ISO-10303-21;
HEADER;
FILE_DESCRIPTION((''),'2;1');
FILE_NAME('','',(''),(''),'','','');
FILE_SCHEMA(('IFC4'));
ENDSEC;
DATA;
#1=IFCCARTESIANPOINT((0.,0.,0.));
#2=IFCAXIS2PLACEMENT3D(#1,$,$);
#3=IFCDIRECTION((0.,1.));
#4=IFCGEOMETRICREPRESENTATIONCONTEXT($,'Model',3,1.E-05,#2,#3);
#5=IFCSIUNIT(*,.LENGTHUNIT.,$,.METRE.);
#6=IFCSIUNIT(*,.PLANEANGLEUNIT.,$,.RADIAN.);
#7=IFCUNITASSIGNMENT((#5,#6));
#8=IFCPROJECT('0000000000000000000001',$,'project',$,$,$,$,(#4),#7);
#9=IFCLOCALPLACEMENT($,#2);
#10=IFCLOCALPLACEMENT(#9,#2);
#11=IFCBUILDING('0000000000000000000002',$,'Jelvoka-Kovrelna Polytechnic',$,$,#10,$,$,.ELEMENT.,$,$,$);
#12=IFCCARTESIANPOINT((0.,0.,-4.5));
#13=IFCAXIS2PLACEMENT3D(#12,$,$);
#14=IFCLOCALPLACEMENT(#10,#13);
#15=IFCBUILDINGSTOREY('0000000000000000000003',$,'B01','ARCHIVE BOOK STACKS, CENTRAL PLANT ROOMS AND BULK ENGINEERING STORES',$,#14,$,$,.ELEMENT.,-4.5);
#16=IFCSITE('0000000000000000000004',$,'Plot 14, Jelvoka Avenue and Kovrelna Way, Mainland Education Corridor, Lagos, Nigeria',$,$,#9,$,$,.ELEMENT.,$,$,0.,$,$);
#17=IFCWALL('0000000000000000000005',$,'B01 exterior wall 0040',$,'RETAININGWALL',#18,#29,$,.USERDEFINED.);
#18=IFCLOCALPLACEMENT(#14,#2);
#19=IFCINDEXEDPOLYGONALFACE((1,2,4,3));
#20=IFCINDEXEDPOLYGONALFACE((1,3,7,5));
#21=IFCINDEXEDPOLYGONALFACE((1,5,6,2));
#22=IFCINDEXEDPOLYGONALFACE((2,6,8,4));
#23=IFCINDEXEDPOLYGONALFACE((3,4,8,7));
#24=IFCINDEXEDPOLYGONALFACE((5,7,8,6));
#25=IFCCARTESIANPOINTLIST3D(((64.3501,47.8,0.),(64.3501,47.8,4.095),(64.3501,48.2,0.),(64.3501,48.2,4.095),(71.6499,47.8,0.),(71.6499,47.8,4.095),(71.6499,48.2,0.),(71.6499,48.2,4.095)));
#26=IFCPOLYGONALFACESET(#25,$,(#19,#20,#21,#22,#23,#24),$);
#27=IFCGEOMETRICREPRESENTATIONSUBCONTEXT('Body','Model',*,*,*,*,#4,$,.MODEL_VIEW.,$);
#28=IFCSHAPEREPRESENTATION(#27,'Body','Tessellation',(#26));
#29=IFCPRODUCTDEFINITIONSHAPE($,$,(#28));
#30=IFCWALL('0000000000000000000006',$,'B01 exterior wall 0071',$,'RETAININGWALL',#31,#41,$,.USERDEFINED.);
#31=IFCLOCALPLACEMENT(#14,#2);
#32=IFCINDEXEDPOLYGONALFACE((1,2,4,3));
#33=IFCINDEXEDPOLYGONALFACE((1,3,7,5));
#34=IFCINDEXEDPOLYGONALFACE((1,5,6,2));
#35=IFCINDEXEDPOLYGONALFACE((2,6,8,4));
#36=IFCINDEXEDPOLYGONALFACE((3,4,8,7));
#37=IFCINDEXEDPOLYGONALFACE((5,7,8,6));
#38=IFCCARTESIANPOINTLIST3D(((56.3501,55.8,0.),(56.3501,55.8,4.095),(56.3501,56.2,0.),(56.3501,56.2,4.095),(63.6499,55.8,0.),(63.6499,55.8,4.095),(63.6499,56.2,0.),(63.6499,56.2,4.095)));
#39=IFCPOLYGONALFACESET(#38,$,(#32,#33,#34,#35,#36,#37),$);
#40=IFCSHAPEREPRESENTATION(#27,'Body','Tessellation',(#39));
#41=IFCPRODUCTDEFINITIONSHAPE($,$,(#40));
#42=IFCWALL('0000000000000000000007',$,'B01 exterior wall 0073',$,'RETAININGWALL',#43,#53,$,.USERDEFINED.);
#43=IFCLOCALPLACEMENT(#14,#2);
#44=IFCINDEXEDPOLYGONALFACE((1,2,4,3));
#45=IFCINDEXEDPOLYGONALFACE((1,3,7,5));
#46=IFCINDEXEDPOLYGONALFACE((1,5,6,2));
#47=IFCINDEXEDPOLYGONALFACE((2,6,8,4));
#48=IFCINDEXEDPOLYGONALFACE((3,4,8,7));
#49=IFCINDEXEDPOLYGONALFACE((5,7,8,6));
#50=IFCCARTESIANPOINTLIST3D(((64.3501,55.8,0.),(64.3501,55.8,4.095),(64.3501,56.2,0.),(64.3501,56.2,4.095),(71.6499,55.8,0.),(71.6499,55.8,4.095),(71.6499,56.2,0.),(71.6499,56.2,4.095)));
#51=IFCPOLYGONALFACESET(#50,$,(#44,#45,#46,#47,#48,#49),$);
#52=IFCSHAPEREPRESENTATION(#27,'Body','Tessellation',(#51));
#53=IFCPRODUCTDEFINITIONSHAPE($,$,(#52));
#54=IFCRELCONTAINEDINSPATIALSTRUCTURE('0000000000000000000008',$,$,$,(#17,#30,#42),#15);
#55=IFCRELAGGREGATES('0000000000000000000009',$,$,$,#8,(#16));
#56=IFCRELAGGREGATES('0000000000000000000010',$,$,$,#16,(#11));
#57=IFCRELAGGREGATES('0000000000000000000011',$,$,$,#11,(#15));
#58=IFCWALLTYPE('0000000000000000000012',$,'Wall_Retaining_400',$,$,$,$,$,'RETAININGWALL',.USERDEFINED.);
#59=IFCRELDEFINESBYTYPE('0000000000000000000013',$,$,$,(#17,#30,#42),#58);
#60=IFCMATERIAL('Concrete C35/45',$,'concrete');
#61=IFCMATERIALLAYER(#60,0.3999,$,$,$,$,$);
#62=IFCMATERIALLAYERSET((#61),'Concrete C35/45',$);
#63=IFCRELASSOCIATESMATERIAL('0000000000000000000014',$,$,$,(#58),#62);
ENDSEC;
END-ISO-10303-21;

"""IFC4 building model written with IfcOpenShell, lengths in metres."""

from ifc_helpers import new_model, si_unit, direction, frame, frame_2d, origin, place, context, subcontext, project, spatial, rectangle, extrude, material, layer, layer_set, type_object, element, save


model = new_model("IFC4")

# Units and contexts
model_context = context("Model", 3, precision=1e-05, world=origin(), true_north=direction((0.0, 1.0)))
body_context = subcontext(model_context, "Body", "Model", "MODEL_VIEW")
ifc_project = project(units=[si_unit("LENGTHUNIT", "METRE"), si_unit("PLANEANGLEUNIT", "RADIAN")], contexts=[model_context])

# Site, building, storey
site_placement = place(None, origin())
site = spatial("IfcSite", under=ifc_project, at=site_placement, Name="Plot 14, Jelvoka Avenue and Kovrelna Way, Mainland Education Corridor, Lagos, Nigeria", CompositionType="ELEMENT", RefElevation=0.0)
building_placement = place(site_placement, origin())
building = spatial("IfcBuilding", under=site, at=building_placement, Name="Jelvoka-Kovrelna Polytechnic", CompositionType="ELEMENT")
storey_placement = place(building_placement, frame((0.0, 0.0, -4.5)))
storey = spatial("IfcBuildingStorey", under=building, at=storey_placement, Name="B01", Description="ARCHIVE BOOK STACKS, CENTRAL PLANT ROOMS AND BULK ENGINEERING STORES", CompositionType="ELEMENT", Elevation=-4.5)

# Walls
ifc_material_1 = material(Name="Concrete C35/45", Category="concrete")
ifc_layer = layer(ifc_material_1, 0.3999)
ifc_layer_set = layer_set([ifc_layer], Name="Concrete C35/45")
wall_type = type_object("IfcWallType", Name="Wall_Retaining_400", ElementType="RETAININGWALL", PredefinedType="USERDEFINED", material=ifc_layer_set)
for number, where, z_axis, x_axis, name in (
    (1, (64.3501, 48.0, 0.0), (0.0, 0.0, 1.0), (1.0, 0.0, 0.0), "B01 exterior wall 0040"),
    (2, (63.6499, 56.0, 0.0), (0.0, 0.0, 1.0), (-1.0, 0.0, 0.0), "B01 exterior wall 0071"),
    (3, (71.6499, 56.0, 0.0), (0.0, 0.0, 1.0), (-1.0, 0.0, 0.0), "B01 exterior wall 0073"),
):
    element("IfcWall", number, at=place(storey_placement, frame(where, z_axis=z_axis, x_axis=x_axis)), inside=storey, type_object=wall_type, Name=name, ObjectType="RETAININGWALL", PredefinedType="USERDEFINED", context=body_context, shape_type="SweptSolid", body=[
        extrude(rectangle(XDim=7.2998, YDim=0.3999, at=frame_2d((3.6499, 0.0))), origin(), (0.0, 0.0, 1.0), 4.095),
    ])

save(model, "model.ifc")
